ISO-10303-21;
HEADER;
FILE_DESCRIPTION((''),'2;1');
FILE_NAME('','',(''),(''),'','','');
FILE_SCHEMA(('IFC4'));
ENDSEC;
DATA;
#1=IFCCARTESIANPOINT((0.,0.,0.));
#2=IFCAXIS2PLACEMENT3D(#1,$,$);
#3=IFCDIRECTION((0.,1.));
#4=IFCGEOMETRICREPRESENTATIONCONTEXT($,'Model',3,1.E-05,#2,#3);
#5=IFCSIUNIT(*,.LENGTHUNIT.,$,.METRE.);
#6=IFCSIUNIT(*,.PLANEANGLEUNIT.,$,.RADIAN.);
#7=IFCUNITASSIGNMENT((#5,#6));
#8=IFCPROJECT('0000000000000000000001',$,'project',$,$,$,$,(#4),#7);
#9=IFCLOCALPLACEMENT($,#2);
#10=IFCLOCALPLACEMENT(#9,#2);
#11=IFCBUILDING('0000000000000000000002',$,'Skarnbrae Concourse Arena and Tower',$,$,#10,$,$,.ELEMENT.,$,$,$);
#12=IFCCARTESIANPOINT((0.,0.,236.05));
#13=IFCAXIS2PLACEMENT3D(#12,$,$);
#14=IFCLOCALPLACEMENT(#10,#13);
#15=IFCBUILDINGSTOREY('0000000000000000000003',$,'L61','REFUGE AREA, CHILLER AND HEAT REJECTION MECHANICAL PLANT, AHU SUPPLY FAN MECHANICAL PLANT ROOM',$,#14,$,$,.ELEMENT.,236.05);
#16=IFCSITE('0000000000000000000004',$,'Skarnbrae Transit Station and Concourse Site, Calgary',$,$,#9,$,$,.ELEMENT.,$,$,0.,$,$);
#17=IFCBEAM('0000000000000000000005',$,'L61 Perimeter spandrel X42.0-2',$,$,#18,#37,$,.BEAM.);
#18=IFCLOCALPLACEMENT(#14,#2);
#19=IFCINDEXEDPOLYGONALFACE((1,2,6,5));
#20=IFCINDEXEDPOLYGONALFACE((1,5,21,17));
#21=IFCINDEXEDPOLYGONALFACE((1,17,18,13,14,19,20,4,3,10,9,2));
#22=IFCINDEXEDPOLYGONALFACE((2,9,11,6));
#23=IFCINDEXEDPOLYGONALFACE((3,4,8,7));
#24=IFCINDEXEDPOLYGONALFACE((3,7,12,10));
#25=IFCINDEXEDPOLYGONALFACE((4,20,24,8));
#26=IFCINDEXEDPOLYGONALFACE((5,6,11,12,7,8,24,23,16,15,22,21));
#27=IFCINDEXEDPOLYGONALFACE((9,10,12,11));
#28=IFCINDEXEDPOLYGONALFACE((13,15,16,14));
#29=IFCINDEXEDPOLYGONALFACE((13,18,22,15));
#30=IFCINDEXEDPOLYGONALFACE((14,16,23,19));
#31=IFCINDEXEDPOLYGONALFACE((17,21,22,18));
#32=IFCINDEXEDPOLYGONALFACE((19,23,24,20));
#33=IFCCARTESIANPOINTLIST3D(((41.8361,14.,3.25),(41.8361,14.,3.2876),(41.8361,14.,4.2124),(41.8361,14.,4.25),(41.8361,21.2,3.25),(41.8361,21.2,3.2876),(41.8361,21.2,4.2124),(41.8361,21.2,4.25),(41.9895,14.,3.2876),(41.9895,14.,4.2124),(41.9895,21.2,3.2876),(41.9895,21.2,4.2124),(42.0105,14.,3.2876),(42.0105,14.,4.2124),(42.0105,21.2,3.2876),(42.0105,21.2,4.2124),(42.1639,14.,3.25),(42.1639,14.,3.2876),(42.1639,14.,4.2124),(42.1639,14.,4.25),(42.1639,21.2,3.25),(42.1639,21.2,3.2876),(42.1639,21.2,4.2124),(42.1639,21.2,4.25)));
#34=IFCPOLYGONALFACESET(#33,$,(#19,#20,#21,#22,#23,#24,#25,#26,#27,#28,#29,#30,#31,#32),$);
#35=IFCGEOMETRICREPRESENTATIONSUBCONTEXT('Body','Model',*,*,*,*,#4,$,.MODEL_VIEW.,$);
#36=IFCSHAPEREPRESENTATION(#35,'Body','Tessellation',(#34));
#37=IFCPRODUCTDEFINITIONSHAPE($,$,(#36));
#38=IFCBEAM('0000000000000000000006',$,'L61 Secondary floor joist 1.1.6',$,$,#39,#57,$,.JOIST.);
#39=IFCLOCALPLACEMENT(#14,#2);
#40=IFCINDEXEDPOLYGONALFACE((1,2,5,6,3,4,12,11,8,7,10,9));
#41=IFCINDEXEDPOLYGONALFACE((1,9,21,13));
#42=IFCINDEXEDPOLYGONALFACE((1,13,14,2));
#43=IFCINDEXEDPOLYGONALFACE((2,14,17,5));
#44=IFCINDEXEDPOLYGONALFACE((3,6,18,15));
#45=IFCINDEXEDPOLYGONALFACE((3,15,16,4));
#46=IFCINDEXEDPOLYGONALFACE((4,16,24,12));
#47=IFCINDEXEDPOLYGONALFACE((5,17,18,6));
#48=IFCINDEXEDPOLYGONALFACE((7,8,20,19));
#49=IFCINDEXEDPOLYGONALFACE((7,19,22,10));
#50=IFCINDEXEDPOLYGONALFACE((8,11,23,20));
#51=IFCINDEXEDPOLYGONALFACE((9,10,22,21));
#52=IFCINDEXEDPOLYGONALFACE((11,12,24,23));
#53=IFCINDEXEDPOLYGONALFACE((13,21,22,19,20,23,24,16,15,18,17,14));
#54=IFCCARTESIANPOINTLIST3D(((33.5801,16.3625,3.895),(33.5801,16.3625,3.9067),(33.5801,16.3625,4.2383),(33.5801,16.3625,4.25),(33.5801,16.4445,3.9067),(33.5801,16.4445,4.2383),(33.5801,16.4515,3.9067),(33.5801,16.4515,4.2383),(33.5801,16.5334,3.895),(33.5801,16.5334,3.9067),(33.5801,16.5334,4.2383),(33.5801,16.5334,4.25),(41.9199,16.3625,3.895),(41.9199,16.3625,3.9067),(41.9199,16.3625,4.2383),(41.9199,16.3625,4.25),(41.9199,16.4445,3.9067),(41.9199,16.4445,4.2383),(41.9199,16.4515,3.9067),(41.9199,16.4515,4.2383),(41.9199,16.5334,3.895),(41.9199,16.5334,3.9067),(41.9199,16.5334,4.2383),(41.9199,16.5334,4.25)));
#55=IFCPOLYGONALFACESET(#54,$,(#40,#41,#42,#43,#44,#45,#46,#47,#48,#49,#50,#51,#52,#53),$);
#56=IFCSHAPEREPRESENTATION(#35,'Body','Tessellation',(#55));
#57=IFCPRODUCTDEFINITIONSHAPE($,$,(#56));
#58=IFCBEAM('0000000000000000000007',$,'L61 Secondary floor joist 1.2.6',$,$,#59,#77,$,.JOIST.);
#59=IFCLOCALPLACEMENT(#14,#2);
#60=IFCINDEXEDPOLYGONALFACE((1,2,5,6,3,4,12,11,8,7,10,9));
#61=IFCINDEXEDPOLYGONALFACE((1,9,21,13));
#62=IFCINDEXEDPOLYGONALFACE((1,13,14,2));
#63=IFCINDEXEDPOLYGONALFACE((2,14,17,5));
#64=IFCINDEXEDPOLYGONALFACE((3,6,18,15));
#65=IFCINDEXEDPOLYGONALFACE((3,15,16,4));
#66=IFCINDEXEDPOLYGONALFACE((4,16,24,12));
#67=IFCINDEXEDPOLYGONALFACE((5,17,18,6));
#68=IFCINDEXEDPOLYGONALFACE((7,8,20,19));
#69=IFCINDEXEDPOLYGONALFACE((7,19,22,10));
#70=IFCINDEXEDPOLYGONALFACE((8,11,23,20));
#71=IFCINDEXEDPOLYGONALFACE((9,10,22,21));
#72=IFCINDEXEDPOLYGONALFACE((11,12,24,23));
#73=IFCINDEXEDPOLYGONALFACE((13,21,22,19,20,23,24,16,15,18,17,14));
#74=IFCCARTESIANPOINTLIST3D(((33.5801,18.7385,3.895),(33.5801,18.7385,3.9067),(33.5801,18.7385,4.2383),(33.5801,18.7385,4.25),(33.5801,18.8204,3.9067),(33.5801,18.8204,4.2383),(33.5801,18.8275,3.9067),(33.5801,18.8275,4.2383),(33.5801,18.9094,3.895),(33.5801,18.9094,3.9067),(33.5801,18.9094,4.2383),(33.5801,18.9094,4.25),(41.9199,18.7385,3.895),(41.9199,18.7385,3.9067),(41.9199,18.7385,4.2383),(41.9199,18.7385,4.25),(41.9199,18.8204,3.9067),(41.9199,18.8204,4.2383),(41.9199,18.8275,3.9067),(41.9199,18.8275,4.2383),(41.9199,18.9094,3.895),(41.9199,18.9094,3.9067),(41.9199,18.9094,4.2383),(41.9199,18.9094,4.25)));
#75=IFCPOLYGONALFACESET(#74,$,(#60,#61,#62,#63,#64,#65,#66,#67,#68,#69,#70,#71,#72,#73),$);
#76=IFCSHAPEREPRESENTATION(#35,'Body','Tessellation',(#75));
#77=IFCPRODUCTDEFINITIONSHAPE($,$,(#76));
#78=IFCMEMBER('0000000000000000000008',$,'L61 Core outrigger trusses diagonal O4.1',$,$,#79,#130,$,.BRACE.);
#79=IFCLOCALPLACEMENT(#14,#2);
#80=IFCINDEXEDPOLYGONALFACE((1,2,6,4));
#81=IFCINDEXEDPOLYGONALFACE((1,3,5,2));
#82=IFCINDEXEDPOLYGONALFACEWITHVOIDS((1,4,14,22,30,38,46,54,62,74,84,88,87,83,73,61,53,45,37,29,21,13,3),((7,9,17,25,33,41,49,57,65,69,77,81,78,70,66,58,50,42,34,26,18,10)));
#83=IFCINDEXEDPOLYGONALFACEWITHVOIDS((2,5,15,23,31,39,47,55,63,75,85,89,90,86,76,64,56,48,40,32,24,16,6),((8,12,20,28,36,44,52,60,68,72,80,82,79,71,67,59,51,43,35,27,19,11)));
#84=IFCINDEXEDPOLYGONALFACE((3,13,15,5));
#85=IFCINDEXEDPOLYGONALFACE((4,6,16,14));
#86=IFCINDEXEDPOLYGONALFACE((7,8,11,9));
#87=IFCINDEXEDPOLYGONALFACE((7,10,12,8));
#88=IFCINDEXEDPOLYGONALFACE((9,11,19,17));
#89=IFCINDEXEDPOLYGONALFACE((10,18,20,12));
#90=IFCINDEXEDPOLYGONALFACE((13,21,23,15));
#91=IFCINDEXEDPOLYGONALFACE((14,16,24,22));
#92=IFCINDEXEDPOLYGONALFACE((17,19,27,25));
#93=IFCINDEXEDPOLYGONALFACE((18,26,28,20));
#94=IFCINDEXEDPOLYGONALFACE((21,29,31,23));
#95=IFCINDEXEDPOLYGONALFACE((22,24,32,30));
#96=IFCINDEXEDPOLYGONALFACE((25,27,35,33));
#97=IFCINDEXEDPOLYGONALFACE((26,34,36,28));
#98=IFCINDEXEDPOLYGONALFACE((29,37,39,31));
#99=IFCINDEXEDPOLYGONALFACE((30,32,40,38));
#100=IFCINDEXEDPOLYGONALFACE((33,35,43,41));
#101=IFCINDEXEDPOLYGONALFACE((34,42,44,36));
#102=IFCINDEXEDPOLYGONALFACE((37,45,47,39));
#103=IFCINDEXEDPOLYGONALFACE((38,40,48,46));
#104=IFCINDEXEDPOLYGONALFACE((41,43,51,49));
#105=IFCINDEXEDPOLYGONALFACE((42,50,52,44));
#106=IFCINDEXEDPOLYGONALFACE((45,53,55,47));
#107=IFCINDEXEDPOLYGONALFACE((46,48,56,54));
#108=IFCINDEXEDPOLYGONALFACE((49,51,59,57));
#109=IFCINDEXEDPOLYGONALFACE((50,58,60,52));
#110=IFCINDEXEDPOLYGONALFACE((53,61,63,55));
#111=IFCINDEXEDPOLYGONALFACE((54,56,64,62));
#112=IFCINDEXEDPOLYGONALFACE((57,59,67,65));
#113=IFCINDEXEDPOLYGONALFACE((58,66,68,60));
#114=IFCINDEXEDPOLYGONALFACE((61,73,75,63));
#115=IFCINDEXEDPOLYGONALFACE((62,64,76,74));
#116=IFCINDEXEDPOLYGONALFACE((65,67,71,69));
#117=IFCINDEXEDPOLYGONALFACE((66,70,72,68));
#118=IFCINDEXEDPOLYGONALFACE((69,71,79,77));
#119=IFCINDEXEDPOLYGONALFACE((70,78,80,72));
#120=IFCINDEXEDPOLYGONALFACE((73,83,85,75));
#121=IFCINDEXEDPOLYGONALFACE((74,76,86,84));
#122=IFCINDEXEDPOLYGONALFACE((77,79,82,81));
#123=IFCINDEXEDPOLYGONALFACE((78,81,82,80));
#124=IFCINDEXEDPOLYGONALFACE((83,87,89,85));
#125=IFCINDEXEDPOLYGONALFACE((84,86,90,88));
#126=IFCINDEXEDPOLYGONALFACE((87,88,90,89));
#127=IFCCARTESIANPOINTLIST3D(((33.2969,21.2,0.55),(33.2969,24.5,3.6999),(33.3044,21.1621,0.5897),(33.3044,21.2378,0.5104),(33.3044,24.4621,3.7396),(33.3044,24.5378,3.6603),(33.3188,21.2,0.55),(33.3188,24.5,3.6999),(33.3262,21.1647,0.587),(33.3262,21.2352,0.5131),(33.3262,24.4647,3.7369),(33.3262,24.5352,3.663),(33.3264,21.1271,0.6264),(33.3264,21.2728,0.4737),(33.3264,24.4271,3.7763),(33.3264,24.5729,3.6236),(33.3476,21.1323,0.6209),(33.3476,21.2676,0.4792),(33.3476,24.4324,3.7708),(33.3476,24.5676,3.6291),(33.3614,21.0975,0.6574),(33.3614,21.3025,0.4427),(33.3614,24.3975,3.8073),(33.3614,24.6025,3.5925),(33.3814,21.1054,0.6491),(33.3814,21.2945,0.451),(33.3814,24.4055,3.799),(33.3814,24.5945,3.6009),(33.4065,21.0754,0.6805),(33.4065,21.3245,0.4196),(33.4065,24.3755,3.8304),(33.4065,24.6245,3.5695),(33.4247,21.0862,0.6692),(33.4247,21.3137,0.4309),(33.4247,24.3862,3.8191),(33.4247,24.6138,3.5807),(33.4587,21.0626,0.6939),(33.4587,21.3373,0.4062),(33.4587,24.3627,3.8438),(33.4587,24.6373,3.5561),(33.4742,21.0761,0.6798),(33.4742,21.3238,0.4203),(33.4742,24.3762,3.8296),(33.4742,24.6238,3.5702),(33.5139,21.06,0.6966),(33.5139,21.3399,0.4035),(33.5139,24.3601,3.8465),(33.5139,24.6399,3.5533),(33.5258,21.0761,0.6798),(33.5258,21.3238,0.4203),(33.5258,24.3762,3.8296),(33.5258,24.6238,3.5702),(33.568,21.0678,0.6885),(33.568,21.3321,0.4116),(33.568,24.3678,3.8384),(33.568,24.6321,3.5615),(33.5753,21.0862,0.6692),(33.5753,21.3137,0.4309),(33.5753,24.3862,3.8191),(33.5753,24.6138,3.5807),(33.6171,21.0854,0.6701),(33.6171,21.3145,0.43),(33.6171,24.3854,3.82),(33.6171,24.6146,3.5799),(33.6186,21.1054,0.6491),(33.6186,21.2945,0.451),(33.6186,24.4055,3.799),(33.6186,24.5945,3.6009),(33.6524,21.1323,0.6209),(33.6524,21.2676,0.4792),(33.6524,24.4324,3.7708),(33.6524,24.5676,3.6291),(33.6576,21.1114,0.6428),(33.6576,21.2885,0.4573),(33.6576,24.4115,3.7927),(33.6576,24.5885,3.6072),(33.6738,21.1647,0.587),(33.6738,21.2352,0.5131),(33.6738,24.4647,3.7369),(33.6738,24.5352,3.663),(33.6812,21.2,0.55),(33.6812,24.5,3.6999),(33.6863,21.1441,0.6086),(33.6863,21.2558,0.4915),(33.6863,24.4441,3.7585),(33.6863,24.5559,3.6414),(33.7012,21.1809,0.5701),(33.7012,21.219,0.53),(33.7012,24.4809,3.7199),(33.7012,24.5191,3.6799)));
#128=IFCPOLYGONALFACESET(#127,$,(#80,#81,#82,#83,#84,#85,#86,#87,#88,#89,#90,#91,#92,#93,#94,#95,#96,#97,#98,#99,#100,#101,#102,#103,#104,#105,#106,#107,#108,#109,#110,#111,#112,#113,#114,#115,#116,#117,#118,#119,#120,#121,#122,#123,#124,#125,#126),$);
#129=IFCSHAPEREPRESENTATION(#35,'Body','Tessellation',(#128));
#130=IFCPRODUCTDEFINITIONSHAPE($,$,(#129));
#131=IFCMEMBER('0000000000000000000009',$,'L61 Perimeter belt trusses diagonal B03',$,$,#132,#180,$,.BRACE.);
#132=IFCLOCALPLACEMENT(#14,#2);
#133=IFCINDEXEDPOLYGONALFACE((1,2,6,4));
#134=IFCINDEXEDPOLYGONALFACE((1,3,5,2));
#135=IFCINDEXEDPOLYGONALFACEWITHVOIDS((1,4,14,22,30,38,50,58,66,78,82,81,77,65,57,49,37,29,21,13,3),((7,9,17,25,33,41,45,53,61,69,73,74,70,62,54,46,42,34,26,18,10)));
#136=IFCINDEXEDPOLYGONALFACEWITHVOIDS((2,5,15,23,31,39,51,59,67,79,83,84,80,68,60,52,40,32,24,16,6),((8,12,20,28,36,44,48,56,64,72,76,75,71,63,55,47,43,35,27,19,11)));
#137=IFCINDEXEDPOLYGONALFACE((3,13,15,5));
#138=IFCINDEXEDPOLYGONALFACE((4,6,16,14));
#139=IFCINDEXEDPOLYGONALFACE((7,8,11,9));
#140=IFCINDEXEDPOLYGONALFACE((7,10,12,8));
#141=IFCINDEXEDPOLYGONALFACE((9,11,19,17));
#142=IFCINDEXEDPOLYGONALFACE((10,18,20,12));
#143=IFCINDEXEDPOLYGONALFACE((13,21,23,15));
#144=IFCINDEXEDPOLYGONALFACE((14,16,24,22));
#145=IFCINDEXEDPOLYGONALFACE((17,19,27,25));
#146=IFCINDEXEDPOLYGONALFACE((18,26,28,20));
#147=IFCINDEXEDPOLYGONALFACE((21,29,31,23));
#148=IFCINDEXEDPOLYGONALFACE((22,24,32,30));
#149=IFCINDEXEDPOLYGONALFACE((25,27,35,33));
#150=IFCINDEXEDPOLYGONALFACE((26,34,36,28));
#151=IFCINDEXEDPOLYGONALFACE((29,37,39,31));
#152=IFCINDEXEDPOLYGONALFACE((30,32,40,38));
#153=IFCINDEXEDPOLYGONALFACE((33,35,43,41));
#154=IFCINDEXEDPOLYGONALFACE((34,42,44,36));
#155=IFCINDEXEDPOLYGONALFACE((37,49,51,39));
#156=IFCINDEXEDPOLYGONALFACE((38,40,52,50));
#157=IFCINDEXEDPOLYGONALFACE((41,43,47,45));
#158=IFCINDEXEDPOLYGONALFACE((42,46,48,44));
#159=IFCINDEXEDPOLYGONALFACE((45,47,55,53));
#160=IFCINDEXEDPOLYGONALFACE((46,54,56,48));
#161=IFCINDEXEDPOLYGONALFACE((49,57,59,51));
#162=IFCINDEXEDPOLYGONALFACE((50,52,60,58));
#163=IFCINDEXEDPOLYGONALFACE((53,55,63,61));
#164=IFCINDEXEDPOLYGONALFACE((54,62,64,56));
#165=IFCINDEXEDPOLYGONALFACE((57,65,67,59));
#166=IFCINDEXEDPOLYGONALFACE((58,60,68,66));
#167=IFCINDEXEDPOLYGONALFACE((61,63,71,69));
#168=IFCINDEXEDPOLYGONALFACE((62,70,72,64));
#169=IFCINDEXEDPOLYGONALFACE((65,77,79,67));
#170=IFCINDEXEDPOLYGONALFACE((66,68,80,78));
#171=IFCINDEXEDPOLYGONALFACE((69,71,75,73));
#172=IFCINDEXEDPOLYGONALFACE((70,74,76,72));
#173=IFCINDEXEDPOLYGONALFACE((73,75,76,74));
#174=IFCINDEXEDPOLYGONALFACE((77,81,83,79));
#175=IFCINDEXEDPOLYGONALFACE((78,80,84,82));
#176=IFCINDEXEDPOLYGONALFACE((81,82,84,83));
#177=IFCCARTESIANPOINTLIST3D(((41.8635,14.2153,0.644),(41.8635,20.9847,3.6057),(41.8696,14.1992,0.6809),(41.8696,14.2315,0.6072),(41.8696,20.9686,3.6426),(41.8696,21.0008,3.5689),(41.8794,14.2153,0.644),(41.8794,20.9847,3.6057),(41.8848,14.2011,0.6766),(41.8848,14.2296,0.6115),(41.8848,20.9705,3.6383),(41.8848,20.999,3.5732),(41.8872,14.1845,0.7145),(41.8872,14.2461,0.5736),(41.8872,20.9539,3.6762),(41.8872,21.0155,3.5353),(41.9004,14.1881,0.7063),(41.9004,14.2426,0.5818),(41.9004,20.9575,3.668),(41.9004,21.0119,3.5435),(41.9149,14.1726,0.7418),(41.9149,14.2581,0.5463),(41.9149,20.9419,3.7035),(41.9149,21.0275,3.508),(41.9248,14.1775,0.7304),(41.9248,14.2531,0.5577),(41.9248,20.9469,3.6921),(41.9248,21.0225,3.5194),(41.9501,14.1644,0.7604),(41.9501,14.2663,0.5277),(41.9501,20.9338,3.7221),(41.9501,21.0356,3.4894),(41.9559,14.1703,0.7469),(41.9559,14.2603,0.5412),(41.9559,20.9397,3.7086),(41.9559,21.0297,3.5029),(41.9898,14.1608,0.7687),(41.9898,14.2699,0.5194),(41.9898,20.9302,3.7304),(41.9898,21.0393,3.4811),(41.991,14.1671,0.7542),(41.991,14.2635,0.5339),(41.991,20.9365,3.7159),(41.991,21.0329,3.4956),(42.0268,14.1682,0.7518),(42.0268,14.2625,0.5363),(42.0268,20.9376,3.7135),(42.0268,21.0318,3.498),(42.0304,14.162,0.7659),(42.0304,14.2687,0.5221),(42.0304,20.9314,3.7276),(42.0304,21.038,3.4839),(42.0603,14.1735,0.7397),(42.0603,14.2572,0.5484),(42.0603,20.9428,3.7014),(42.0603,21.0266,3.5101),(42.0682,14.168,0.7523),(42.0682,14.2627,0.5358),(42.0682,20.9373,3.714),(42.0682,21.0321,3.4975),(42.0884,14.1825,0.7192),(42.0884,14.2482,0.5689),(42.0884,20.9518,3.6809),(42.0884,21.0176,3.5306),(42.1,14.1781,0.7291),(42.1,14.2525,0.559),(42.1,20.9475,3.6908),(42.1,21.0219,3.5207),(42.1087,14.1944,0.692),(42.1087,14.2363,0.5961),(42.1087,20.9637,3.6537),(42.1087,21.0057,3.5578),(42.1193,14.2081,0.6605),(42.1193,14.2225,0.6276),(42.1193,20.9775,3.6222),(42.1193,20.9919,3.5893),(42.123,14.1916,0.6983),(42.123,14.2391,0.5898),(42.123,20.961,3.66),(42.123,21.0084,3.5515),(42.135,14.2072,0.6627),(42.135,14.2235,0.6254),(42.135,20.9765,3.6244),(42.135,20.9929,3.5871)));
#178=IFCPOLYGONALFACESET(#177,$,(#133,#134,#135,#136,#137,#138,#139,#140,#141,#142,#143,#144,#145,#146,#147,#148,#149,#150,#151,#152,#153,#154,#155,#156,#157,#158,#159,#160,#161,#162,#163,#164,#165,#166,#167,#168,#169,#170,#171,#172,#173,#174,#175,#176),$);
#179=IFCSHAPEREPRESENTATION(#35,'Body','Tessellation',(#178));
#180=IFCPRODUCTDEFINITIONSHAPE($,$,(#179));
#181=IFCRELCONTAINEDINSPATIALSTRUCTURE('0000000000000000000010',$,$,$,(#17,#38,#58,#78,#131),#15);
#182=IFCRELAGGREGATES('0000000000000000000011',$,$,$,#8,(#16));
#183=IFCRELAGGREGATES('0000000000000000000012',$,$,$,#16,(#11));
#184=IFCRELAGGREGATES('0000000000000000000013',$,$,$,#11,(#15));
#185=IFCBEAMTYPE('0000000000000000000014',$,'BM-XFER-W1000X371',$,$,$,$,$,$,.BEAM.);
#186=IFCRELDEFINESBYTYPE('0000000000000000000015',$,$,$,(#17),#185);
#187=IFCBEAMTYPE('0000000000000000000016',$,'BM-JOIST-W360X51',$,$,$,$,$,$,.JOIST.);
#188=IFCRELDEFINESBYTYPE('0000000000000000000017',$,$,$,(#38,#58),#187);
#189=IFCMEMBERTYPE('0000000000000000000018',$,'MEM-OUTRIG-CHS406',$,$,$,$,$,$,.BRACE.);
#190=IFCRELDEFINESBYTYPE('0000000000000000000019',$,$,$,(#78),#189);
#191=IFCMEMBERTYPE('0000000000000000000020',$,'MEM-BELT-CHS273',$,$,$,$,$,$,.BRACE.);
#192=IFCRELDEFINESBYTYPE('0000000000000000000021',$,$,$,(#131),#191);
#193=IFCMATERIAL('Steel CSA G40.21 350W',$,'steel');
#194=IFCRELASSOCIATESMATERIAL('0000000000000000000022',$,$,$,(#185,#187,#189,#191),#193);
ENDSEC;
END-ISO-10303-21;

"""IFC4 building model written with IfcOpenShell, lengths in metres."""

from ifc_helpers import new_model, si_unit, direction, frame, origin, origin_2d, place, context, subcontext, project, spatial, hollow_circle, i_section, extrude, source, transform, mapped, material, material_profile, profile_set, type_object, element, save


model = new_model("IFC4")

# Units and contexts
model_context = context("Model", 3, precision=1e-05, world=origin(), true_north=direction((0.0, 1.0)))
body_context = subcontext(model_context, "Body", "Model", "MODEL_VIEW")
ifc_project = project(units=[si_unit("LENGTHUNIT", "METRE"), si_unit("PLANEANGLEUNIT", "RADIAN")], contexts=[model_context])

# Site, building, storey
site_placement = place(None, origin())
site = spatial("IfcSite", under=ifc_project, at=site_placement, Name="Skarnbrae Transit Station and Concourse Site, Calgary", CompositionType="ELEMENT", RefElevation=0.0)
building_placement = place(site_placement, origin())
building = spatial("IfcBuilding", under=site, at=building_placement, Name="Skarnbrae Concourse Arena and Tower", CompositionType="ELEMENT")
storey_placement = place(building_placement, frame((0.0, 0.0, 236.05)))
storey = spatial("IfcBuildingStorey", under=building, at=storey_placement, Name="L61", Description="REFUGE AREA, CHILLER AND HEAT REJECTION MECHANICAL PLANT, AHU SUPPLY FAN MECHANICAL PLANT ROOM", CompositionType="ELEMENT", Elevation=236.05)

# Shared definitions
ifc_material_1 = material(Name="Steel CSA G40.21 350W", Category="steel")

# Beams
ifc_material_profile_1 = material_profile(ifc_material_1, i_section(OverallWidth=0.3279, OverallDepth=1.0, WebThickness=0.021, FlangeThickness=0.0376, at=origin_2d()), Name="W1000X371")
ifc_profile_set_1 = profile_set([ifc_material_profile_1], Name="Steel CSA G40.21 350W")
beam_type_1 = type_object("IfcBeamType", Name="BM-XFER-W1000X371", PredefinedType="BEAM", material=ifc_profile_set_1)
shared_shape_1 = source(origin(), body_context, "Body", "SweptSolid", [
    extrude(i_section(OverallWidth=0.3279, OverallDepth=1.0, WebThickness=0.021, FlangeThickness=0.0376, at=origin_2d()), origin(), (0.0, 0.0, 1.0), 7.2),
])
for number, where, z_axis, x_axis, name in (
    (1, (42.0, 14.0, 3.75), (0.0, 1.0, 0.0), (-1.0, 0.0, 0.0), "L61 Perimeter spandrel X42.0-2"),
):
    element("IfcBeam", number, at=place(storey_placement, frame(where, z_axis=z_axis, x_axis=x_axis)), inside=storey, type_object=beam_type_1, Name=name, PredefinedType="BEAM", context=body_context, shape_type="MappedRepresentation", body=[
        mapped(shared_shape_1, transform((0.0, 0.0, 0.0))),
    ])
ifc_material_profile_2 = material_profile(ifc_material_1, i_section(OverallWidth=0.1709, OverallDepth=0.355, WebThickness=0.0071, FlangeThickness=0.0117, at=origin_2d()), Name="W360X51")
ifc_profile_set_2 = profile_set([ifc_material_profile_2], Name="Steel CSA G40.21 350W")
beam_type_2 = type_object("IfcBeamType", Name="BM-JOIST-W360X51", PredefinedType="JOIST", material=ifc_profile_set_2)
shared_shape_2 = source(origin(), body_context, "Body", "SweptSolid", [
    extrude(i_section(OverallWidth=0.1709, OverallDepth=0.355, WebThickness=0.0071, FlangeThickness=0.0117, at=origin_2d()), origin(), (0.0, 0.0, 1.0), 8.3398),
])
for number, where, z_axis, x_axis, name in (
    (2, (33.5801, 16.448, 4.0725), (1.0, 0.0, 0.0), (0.0, 1.0, 0.0), "L61 Secondary floor joist 1.1.6"),
    (3, (33.5801, 18.824, 4.0725), (1.0, 0.0, 0.0), (0.0, 1.0, 0.0), "L61 Secondary floor joist 1.2.6"),
):
    element("IfcBeam", number, at=place(storey_placement, frame(where, z_axis=z_axis, x_axis=x_axis)), inside=storey, type_object=beam_type_2, Name=name, PredefinedType="JOIST", context=body_context, shape_type="MappedRepresentation", body=[
        mapped(shared_shape_2, transform((0.0, 0.0, 0.0))),
    ])

# Members
ifc_material_profile_3 = material_profile(ifc_material_1, hollow_circle(Radius=0.2031, WallThickness=0.022, at=origin_2d()), Name="HSS406X22.0")
ifc_profile_set_3 = profile_set([ifc_material_profile_3], Name="Steel CSA G40.21 350W")
member_type_1 = type_object("IfcMemberType", Name="MEM-OUTRIG-CHS406", PredefinedType="BRACE", material=ifc_profile_set_3)
shared_shape_3 = source(origin(), body_context, "Body", "SweptSolid", [
    extrude(hollow_circle(Radius=0.2031, WallThickness=0.022, at=origin_2d()), origin(), (0.0, 0.0, 1.0), 4.562),
])
member_1_placement = place(storey_placement, frame((33.5, 21.2, 0.55), z_axis=(0.0, 0.723371, 0.690459), x_axis=(-1.0, 0.0, 0.0)))
element("IfcMember", 4, at=member_1_placement, inside=storey, type_object=member_type_1, Name="L61 Core outrigger trusses diagonal O4.1", PredefinedType="BRACE", context=body_context, shape_type="MappedRepresentation", body=[
    mapped(shared_shape_3, transform((0.0, 0.0, 0.0))),
])
ifc_material_profile_4 = material_profile(ifc_material_1, hollow_circle(Radius=0.1365, WallThickness=0.0159, at=origin_2d()), Name="HSS273X15.9")
ifc_profile_set_4 = profile_set([ifc_material_profile_4], Name="Steel CSA G40.21 350W")
member_type_2 = type_object("IfcMemberType", Name="MEM-BELT-CHS273", PredefinedType="BRACE", material=ifc_profile_set_4)
shared_shape_4 = source(origin(), body_context, "Body", "SweptSolid", [
    extrude(hollow_circle(Radius=0.1365, WallThickness=0.0159, at=origin_2d()), origin(), (0.0, 0.0, 1.0), 7.3889),
])
member_2_placement = place(storey_placement, frame((42.0, 14.2153, 0.644), z_axis=(0.0, 0.916152, 0.400831), x_axis=(-1.0, 0.0, 0.0)))
element("IfcMember", 5, at=member_2_placement, inside=storey, type_object=member_type_2, Name="L61 Perimeter belt trusses diagonal B03", PredefinedType="BRACE", context=body_context, shape_type="MappedRepresentation", body=[
    mapped(shared_shape_4, transform((0.0, 0.0, 0.0))),
])

save(model, "model.ifc")
